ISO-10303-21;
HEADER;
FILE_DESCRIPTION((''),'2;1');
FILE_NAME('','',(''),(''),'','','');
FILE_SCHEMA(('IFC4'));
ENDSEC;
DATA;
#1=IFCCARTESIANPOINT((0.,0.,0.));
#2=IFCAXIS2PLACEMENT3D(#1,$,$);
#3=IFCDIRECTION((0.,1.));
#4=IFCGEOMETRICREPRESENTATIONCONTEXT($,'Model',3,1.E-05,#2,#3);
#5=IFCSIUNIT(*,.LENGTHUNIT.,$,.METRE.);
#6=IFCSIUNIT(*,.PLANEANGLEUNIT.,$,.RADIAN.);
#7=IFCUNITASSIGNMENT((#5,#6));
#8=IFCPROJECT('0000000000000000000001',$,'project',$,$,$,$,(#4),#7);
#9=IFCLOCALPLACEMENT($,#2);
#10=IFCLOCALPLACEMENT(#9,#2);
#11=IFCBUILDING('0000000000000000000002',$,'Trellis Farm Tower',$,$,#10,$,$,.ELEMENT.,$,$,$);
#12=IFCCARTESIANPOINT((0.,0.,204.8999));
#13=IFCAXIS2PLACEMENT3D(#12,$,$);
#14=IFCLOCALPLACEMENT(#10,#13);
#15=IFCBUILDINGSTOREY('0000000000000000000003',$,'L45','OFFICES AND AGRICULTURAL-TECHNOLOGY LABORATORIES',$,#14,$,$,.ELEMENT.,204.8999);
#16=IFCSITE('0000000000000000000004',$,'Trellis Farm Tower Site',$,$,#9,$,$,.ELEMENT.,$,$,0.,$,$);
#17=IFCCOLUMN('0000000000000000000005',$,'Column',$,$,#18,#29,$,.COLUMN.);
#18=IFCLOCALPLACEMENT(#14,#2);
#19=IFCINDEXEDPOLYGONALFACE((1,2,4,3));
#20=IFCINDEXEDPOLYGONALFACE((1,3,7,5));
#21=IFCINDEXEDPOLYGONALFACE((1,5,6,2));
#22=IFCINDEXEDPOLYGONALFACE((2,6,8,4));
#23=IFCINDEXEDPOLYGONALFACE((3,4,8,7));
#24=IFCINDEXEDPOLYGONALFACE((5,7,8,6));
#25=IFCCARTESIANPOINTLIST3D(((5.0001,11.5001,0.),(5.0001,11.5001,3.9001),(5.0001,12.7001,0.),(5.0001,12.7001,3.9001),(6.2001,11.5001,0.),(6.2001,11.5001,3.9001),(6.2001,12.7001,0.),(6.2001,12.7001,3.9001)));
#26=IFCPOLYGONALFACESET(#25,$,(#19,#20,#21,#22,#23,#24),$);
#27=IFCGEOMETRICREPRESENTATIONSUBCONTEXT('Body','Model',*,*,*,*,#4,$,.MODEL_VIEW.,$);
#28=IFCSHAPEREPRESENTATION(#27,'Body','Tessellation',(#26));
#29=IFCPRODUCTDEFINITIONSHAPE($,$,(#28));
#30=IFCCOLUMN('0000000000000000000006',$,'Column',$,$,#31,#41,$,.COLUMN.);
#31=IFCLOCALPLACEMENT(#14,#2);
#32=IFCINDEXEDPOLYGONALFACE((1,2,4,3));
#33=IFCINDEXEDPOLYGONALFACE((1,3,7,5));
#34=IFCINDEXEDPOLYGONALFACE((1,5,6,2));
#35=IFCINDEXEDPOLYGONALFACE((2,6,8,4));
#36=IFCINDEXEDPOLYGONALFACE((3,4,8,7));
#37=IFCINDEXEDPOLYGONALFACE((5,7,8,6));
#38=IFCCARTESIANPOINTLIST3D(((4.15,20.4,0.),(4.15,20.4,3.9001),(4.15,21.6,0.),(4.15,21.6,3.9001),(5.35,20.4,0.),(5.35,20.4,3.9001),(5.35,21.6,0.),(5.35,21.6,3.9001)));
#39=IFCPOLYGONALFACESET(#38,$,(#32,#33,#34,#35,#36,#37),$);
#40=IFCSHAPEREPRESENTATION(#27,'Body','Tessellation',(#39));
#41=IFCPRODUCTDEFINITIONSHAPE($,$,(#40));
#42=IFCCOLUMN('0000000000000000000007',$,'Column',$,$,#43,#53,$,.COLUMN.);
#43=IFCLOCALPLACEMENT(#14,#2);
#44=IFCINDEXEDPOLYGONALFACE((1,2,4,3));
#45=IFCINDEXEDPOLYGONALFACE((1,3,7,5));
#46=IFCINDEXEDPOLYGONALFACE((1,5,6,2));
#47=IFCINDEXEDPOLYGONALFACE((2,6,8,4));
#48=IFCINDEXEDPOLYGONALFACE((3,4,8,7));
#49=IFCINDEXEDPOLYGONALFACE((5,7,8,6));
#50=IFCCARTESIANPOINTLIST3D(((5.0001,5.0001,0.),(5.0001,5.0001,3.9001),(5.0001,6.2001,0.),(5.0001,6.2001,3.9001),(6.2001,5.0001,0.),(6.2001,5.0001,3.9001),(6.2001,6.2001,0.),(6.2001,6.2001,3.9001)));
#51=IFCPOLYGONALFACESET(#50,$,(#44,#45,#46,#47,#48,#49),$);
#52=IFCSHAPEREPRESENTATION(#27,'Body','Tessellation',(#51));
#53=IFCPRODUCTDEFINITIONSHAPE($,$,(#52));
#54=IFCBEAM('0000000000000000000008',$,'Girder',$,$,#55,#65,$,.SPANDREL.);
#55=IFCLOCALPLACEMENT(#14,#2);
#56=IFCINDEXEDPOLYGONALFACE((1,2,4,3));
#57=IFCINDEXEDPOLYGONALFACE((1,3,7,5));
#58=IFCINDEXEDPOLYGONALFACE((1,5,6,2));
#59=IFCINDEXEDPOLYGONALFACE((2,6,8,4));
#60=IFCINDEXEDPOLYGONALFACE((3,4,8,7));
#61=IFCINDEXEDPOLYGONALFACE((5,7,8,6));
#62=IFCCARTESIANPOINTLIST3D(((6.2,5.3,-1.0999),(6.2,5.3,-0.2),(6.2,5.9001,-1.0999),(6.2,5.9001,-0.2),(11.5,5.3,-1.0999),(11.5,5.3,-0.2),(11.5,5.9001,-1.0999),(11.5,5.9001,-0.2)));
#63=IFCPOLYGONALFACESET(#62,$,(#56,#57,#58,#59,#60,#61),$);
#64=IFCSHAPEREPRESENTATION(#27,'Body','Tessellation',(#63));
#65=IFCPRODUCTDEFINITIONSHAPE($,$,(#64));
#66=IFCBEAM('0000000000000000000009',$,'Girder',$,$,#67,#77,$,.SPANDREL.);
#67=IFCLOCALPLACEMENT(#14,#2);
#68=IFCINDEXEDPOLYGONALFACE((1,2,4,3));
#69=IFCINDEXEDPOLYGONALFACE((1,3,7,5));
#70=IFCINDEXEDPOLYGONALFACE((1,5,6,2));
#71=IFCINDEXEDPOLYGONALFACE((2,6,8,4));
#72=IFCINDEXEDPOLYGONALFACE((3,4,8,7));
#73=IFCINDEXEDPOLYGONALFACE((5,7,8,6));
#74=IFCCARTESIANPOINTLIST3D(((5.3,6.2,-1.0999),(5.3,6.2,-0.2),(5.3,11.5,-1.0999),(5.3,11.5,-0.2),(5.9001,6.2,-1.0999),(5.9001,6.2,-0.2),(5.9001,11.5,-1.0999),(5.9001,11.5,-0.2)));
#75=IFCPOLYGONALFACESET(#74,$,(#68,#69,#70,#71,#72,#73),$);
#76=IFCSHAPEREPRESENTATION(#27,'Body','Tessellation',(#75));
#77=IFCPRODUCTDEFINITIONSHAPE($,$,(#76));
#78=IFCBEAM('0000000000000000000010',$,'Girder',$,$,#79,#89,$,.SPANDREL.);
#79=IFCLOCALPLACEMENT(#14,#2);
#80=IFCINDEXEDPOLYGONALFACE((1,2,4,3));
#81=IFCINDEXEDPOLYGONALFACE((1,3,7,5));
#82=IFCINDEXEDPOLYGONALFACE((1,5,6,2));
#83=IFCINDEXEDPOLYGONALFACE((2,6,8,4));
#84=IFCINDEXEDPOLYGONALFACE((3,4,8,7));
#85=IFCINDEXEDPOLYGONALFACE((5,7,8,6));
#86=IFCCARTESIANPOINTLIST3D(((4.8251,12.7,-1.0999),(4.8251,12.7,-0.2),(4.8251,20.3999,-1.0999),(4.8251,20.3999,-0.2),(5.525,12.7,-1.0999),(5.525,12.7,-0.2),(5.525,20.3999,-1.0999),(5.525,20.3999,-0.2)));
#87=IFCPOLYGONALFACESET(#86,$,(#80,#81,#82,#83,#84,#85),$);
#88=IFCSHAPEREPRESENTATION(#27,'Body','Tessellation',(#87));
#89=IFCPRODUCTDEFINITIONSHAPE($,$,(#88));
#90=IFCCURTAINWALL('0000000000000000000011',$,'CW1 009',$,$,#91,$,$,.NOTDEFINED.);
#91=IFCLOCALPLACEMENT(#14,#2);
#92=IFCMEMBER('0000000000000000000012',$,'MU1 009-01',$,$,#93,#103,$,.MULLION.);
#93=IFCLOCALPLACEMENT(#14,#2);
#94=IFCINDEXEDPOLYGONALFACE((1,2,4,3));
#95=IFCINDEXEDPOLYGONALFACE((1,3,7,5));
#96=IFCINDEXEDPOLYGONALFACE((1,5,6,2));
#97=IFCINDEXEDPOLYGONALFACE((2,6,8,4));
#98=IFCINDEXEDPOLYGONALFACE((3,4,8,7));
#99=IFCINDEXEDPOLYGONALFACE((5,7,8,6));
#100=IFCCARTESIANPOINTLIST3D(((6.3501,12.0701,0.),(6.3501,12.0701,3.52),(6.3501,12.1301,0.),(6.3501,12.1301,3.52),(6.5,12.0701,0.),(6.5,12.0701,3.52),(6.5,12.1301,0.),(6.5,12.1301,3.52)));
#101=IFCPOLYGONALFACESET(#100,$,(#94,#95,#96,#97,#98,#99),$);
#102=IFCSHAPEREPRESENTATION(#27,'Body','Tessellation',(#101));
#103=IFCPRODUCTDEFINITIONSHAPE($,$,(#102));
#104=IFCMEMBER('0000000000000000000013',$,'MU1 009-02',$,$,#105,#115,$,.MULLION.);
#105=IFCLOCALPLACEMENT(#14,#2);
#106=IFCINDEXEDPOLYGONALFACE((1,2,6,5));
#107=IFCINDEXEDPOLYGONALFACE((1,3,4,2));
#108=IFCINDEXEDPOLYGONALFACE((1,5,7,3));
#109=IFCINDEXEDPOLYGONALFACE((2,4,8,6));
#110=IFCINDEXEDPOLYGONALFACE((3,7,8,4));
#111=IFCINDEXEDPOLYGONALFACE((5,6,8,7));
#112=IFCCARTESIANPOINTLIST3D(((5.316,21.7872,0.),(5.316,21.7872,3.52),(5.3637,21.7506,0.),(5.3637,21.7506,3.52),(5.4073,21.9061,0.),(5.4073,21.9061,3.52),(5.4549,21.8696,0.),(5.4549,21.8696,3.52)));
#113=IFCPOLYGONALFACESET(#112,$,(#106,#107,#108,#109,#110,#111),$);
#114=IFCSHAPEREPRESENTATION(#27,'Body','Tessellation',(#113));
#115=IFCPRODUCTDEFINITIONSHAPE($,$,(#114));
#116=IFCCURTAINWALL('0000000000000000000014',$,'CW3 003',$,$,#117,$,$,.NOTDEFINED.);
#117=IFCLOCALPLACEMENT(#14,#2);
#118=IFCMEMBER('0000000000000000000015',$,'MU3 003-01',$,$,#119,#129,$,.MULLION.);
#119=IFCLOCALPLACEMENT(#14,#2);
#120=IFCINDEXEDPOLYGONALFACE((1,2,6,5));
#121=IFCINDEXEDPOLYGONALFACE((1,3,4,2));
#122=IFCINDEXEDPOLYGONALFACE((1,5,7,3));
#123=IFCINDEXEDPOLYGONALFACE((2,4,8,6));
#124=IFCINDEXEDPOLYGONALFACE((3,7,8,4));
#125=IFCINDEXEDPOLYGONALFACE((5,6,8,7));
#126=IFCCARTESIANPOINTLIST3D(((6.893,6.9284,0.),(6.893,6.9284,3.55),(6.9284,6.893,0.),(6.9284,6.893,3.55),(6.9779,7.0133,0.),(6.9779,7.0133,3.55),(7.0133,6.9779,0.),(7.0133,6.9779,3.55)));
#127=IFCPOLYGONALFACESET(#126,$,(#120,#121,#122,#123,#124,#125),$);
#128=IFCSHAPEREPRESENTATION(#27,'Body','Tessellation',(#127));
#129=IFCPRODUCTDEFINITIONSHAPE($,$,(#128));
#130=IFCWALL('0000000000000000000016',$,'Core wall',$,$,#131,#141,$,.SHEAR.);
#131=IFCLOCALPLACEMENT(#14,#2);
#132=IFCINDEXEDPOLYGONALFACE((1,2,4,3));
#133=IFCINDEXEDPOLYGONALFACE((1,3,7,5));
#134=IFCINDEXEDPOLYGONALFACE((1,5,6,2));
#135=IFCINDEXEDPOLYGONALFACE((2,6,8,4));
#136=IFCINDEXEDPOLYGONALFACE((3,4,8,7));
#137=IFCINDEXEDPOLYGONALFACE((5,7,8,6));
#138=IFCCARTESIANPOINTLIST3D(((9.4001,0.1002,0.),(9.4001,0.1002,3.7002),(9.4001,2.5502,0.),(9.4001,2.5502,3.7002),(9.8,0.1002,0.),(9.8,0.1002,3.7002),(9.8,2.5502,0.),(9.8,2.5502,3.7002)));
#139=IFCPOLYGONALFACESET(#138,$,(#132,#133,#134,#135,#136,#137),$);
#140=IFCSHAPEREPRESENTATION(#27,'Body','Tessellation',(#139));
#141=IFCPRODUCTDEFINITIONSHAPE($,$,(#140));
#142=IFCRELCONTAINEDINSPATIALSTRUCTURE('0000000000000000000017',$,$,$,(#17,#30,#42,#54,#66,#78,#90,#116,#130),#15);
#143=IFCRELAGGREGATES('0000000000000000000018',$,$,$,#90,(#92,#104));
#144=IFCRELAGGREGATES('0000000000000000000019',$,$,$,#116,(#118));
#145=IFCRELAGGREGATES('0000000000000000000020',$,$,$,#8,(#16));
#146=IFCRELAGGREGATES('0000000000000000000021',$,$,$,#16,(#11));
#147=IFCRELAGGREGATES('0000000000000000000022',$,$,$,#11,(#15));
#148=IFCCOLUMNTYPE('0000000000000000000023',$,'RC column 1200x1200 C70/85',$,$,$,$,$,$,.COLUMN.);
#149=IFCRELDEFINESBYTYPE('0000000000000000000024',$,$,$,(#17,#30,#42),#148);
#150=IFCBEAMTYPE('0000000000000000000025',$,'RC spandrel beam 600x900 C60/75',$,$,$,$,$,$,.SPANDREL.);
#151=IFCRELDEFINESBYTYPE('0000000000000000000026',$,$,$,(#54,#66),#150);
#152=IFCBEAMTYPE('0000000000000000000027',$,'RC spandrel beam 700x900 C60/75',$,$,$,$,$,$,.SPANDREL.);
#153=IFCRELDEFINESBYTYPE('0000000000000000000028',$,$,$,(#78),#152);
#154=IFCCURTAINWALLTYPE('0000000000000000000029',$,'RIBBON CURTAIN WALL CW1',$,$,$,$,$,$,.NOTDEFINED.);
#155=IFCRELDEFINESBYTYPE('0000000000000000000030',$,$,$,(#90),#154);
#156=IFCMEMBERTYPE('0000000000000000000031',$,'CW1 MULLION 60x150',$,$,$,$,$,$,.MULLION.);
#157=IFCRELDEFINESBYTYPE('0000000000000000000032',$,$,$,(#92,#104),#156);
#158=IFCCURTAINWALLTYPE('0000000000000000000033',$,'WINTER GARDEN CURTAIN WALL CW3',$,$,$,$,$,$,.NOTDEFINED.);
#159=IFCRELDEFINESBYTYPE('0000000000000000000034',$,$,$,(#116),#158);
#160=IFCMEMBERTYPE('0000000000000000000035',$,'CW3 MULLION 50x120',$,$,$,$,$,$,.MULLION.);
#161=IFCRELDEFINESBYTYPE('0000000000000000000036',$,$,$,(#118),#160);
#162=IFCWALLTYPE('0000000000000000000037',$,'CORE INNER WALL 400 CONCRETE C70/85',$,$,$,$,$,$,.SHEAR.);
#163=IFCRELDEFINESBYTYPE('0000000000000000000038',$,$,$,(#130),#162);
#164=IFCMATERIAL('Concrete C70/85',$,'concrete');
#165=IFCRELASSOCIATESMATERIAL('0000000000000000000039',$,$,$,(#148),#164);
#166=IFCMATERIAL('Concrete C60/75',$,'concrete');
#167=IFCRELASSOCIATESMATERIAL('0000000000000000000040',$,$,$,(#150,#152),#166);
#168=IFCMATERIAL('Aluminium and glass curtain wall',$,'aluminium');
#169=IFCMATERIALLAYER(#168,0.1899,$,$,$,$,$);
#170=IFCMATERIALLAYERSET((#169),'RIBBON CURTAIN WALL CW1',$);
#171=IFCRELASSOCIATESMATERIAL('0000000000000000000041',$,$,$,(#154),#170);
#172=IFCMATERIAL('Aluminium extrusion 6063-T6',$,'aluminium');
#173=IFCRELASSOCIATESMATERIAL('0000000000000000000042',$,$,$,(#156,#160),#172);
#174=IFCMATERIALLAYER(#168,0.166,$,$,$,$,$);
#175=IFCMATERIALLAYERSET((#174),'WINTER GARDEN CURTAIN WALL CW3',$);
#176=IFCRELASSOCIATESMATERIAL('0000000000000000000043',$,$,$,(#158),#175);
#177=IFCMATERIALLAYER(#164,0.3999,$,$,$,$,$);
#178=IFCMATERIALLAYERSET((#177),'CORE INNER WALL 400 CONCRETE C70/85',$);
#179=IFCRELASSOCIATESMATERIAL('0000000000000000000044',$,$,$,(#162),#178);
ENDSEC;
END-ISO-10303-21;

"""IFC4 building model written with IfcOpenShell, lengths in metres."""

from ifc_helpers import new_model, si_unit, direction, frame, frame_2d, origin, origin_2d, place, context, subcontext, project, spatial, rectangle, extrude, source, transform, mapped, material, layer, layer_set, material_profile, profile_set, type_object, element, aggregate, save


model = new_model("IFC4")

# Units and contexts
model_context = context("Model", 3, precision=1e-05, world=origin(), true_north=direction((0.0, 1.0)))
body_context = subcontext(model_context, "Body", "Model", "MODEL_VIEW")
ifc_project = project(units=[si_unit("LENGTHUNIT", "METRE"), si_unit("PLANEANGLEUNIT", "RADIAN")], contexts=[model_context])

# Site, building, storey
site_placement = place(None, origin())
site = spatial("IfcSite", under=ifc_project, at=site_placement, Name="Trellis Farm Tower Site", CompositionType="ELEMENT", RefElevation=0.0)
building_placement = place(site_placement, origin())
building = spatial("IfcBuilding", under=site, at=building_placement, Name="Trellis Farm Tower", CompositionType="ELEMENT")
storey_placement = place(building_placement, frame((0.0, 0.0, 204.8999)))
storey = spatial("IfcBuildingStorey", under=building, at=storey_placement, Name="L45", Description="OFFICES AND AGRICULTURAL-TECHNOLOGY LABORATORIES", CompositionType="ELEMENT", Elevation=204.8999)

# Columns
ifc_material_1 = material(Name="Concrete C70/85", Category="concrete")
ifc_material_profile_1 = material_profile(ifc_material_1, rectangle(XDim=1.2, YDim=1.2, at=origin_2d()), Name="RC column 1200x1200 C70/85")
ifc_profile_set_1 = profile_set([ifc_material_profile_1], Name="Concrete C70/85")
column_type = type_object("IfcColumnType", Name="RC column 1200x1200 C70/85", PredefinedType="COLUMN", material=ifc_profile_set_1)
shared_shape_1 = source(origin(), body_context, "Body", "SweptSolid", [
    extrude(rectangle(XDim=1.2, YDim=1.2, at=origin_2d()), origin(), (0.0, 0.0, 1.0), 3.9001),
])
for number, where, z_axis, x_axis, name in (
    (1, (5.6001, 12.1001, 0.0), (0.0, 0.0, 1.0), (1.0, 0.0, 0.0), "Column"),
    (2, (4.75, 21.0, 0.0), (0.0, 0.0, 1.0), (1.0, 0.0, 0.0), "Column"),
    (3, (5.6001, 5.6001, 0.0), (0.0, 0.0, 1.0), (1.0, 0.0, 0.0), "Column"),
):
    element("IfcColumn", number, at=place(storey_placement, frame(where, z_axis=z_axis, x_axis=x_axis)), inside=storey, type_object=column_type, Name=name, PredefinedType="COLUMN", context=body_context, shape_type="MappedRepresentation", body=[
        mapped(shared_shape_1, transform((0.0, 0.0, 0.0))),
    ])

# Beams
ifc_material_2 = material(Name="Concrete C60/75", Category="concrete")
ifc_material_profile_2 = material_profile(ifc_material_2, rectangle(XDim=0.6001, YDim=0.8999, at=origin_2d()), Name="RC spandrel beam 600x900 C60/75")
ifc_profile_set_2 = profile_set([ifc_material_profile_2], Name="Concrete C60/75")
beam_type_1 = type_object("IfcBeamType", Name="RC spandrel beam 600x900 C60/75", PredefinedType="SPANDREL", material=ifc_profile_set_2)
shared_shape_2 = source(origin(), body_context, "Body", "SweptSolid", [
    extrude(rectangle(XDim=0.6001, YDim=0.8999, at=origin_2d()), origin(), (0.0, 0.0, 1.0), 5.3),
])
for number, where, z_axis, x_axis, name in (
    (4, (6.2, 5.6001, -0.6499), (1.0, 0.0, 0.0), (0.0, 1.0, 0.0), "Girder"),
    (5, (5.6001, 6.2, -0.6499), (0.0, 1.0, 0.0), (-1.0, 0.0, 0.0), "Girder"),
):
    element("IfcBeam", number, at=place(storey_placement, frame(where, z_axis=z_axis, x_axis=x_axis)), inside=storey, type_object=beam_type_1, Name=name, PredefinedType="SPANDREL", context=body_context, shape_type="MappedRepresentation", body=[
        mapped(shared_shape_2, transform((0.0, 0.0, 0.0))),
    ])
ifc_material_profile_3 = material_profile(ifc_material_2, rectangle(XDim=0.7, YDim=0.8999, at=origin_2d()), Name="RC spandrel beam 700x900 C60/75")
ifc_profile_set_3 = profile_set([ifc_material_profile_3], Name="Concrete C60/75")
beam_type_2 = type_object("IfcBeamType", Name="RC spandrel beam 700x900 C60/75", PredefinedType="SPANDREL", material=ifc_profile_set_3)
shared_shape_3 = source(origin(), body_context, "Body", "SweptSolid", [
    extrude(rectangle(XDim=0.7, YDim=0.8999, at=origin_2d()), origin(), (0.0, 0.0, 1.0), 7.7),
])
beam_placement = place(storey_placement, frame((5.175, 12.7, -0.6499), z_axis=(0.0, 1.0, 0.0), x_axis=(-1.0, 0.0, 0.0)))
element("IfcBeam", 6, at=beam_placement, inside=storey, type_object=beam_type_2, Name="Girder", PredefinedType="SPANDREL", context=body_context, shape_type="MappedRepresentation", body=[
    mapped(shared_shape_3, transform((0.0, 0.0, 0.0))),
])

# Curtain wall, members
ifc_material_3 = material(Name="Aluminium and glass curtain wall", Category="aluminium")
ifc_layer_1 = layer(ifc_material_3, 0.1899)
ifc_layer_set_1 = layer_set([ifc_layer_1], Name="RIBBON CURTAIN WALL CW1")
curtain_wall_type_1 = type_object("IfcCurtainWallType", Name="RIBBON CURTAIN WALL CW1", PredefinedType="NOTDEFINED", material=ifc_layer_set_1)
placement = place(storey_placement, origin())
curtain_wall_1 = element("IfcCurtainWall", 7, at=placement, inside=storey, type_object=curtain_wall_type_1, Name="CW1 009", PredefinedType="NOTDEFINED")
ifc_material_4 = material(Name="Aluminium extrusion 6063-T6", Category="aluminium")
ifc_material_profile_4 = material_profile(ifc_material_4, rectangle(XDim=0.0601, YDim=0.1499, at=origin_2d()), Name="MULLION 60x150")
ifc_profile_set_4 = profile_set([ifc_material_profile_4], Name="Aluminium extrusion 6063-T6")
member_type_1 = type_object("IfcMemberType", Name="CW1 MULLION 60x150", PredefinedType="MULLION", material=ifc_profile_set_4)
shared_shape_4 = source(origin(), body_context, "Body", "SweptSolid", [
    extrude(rectangle(XDim=0.0601, YDim=0.1499, at=origin_2d()), origin(), (0.0, 0.0, 1.0), 3.52),
])
member_1_placement = place(storey_placement, frame((6.425, 12.1001, 0.0), z_axis=(0.0, 0.0, 1.0), x_axis=(0.0, 1.0, 0.0)))
member_1 = element("IfcMember", 8, at=member_1_placement, type_object=member_type_1, Name="MU1 009-01", PredefinedType="MULLION", context=body_context, shape_type="MappedRepresentation", body=[
    mapped(shared_shape_4, transform((0.0, 0.0, 0.0))),
])
member_2_placement = place(storey_placement, frame((5.3855, 21.8284, 0.0), z_axis=(0.0, 0.0, 1.0), x_axis=(-0.793353, 0.608761, 0.0)))
member_2 = element("IfcMember", 9, at=member_2_placement, type_object=member_type_1, Name="MU1 009-02", PredefinedType="MULLION", context=body_context, shape_type="MappedRepresentation", body=[
    mapped(shared_shape_4, transform((0.0, 0.0, 0.0))),
])
aggregate(curtain_wall_1, [member_1, member_2])

# Curtain wall, member
ifc_layer_2 = layer(ifc_material_3, 0.166)
ifc_layer_set_2 = layer_set([ifc_layer_2], Name="WINTER GARDEN CURTAIN WALL CW3")
curtain_wall_type_2 = type_object("IfcCurtainWallType", Name="WINTER GARDEN CURTAIN WALL CW3", PredefinedType="NOTDEFINED", material=ifc_layer_set_2)
curtain_wall_2 = element("IfcCurtainWall", 10, at=placement, inside=storey, type_object=curtain_wall_type_2, Name="CW3 003", PredefinedType="NOTDEFINED")
ifc_material_profile_5 = material_profile(ifc_material_4, rectangle(XDim=0.05, YDim=0.1201, at=origin_2d()), Name="MULLION 50x120")
ifc_profile_set_5 = profile_set([ifc_material_profile_5], Name="Aluminium extrusion 6063-T6")
member_type_2 = type_object("IfcMemberType", Name="CW3 MULLION 50x120", PredefinedType="MULLION", material=ifc_profile_set_5)
shared_shape_5 = source(origin(), body_context, "Body", "SweptSolid", [
    extrude(rectangle(XDim=0.05, YDim=0.1201, at=origin_2d()), origin(), (0.0, 0.0, 1.0), 3.55),
])
member_3_placement = place(storey_placement, frame((6.9531, 6.9531, 0.0), z_axis=(0.0, 0.0, 1.0), x_axis=(-0.707107, 0.707107, 0.0)))
member_3 = element("IfcMember", 11, at=member_3_placement, type_object=member_type_2, Name="MU3 003-01", PredefinedType="MULLION", context=body_context, shape_type="MappedRepresentation", body=[
    mapped(shared_shape_5, transform((0.0, 0.0, 0.0))),
])
aggregate(curtain_wall_2, [member_3])

# Wall
ifc_layer_3 = layer(ifc_material_1, 0.3999)
ifc_layer_set_3 = layer_set([ifc_layer_3], Name="CORE INNER WALL 400 CONCRETE C70/85")
wall_type_1 = type_object("IfcWallType", Name="CORE INNER WALL 400 CONCRETE C70/85", PredefinedType="SHEAR", material=ifc_layer_set_3)
shared_shape_6 = source(origin(), body_context, "Body", "SweptSolid", [
    extrude(rectangle(XDim=2.45, YDim=0.3999, at=frame_2d((1.2251, 0.0))), origin(), (0.0, 0.0, 1.0), 3.7002),
])
wall_1_placement = place(storey_placement, frame((9.6001, 0.1001, 0.0), z_axis=(0.0, 0.0, 1.0), x_axis=(0.0, 1.0, 0.0)))
element("IfcWall", 12, at=wall_1_placement, inside=storey, type_object=wall_type_1, Name="Core wall", PredefinedType="SHEAR", context=body_context, shape_type="MappedRepresentation", body=[
    mapped(shared_shape_6, transform((0.0, 0.0, 0.0))),
])

save(model, "model.ifc")
